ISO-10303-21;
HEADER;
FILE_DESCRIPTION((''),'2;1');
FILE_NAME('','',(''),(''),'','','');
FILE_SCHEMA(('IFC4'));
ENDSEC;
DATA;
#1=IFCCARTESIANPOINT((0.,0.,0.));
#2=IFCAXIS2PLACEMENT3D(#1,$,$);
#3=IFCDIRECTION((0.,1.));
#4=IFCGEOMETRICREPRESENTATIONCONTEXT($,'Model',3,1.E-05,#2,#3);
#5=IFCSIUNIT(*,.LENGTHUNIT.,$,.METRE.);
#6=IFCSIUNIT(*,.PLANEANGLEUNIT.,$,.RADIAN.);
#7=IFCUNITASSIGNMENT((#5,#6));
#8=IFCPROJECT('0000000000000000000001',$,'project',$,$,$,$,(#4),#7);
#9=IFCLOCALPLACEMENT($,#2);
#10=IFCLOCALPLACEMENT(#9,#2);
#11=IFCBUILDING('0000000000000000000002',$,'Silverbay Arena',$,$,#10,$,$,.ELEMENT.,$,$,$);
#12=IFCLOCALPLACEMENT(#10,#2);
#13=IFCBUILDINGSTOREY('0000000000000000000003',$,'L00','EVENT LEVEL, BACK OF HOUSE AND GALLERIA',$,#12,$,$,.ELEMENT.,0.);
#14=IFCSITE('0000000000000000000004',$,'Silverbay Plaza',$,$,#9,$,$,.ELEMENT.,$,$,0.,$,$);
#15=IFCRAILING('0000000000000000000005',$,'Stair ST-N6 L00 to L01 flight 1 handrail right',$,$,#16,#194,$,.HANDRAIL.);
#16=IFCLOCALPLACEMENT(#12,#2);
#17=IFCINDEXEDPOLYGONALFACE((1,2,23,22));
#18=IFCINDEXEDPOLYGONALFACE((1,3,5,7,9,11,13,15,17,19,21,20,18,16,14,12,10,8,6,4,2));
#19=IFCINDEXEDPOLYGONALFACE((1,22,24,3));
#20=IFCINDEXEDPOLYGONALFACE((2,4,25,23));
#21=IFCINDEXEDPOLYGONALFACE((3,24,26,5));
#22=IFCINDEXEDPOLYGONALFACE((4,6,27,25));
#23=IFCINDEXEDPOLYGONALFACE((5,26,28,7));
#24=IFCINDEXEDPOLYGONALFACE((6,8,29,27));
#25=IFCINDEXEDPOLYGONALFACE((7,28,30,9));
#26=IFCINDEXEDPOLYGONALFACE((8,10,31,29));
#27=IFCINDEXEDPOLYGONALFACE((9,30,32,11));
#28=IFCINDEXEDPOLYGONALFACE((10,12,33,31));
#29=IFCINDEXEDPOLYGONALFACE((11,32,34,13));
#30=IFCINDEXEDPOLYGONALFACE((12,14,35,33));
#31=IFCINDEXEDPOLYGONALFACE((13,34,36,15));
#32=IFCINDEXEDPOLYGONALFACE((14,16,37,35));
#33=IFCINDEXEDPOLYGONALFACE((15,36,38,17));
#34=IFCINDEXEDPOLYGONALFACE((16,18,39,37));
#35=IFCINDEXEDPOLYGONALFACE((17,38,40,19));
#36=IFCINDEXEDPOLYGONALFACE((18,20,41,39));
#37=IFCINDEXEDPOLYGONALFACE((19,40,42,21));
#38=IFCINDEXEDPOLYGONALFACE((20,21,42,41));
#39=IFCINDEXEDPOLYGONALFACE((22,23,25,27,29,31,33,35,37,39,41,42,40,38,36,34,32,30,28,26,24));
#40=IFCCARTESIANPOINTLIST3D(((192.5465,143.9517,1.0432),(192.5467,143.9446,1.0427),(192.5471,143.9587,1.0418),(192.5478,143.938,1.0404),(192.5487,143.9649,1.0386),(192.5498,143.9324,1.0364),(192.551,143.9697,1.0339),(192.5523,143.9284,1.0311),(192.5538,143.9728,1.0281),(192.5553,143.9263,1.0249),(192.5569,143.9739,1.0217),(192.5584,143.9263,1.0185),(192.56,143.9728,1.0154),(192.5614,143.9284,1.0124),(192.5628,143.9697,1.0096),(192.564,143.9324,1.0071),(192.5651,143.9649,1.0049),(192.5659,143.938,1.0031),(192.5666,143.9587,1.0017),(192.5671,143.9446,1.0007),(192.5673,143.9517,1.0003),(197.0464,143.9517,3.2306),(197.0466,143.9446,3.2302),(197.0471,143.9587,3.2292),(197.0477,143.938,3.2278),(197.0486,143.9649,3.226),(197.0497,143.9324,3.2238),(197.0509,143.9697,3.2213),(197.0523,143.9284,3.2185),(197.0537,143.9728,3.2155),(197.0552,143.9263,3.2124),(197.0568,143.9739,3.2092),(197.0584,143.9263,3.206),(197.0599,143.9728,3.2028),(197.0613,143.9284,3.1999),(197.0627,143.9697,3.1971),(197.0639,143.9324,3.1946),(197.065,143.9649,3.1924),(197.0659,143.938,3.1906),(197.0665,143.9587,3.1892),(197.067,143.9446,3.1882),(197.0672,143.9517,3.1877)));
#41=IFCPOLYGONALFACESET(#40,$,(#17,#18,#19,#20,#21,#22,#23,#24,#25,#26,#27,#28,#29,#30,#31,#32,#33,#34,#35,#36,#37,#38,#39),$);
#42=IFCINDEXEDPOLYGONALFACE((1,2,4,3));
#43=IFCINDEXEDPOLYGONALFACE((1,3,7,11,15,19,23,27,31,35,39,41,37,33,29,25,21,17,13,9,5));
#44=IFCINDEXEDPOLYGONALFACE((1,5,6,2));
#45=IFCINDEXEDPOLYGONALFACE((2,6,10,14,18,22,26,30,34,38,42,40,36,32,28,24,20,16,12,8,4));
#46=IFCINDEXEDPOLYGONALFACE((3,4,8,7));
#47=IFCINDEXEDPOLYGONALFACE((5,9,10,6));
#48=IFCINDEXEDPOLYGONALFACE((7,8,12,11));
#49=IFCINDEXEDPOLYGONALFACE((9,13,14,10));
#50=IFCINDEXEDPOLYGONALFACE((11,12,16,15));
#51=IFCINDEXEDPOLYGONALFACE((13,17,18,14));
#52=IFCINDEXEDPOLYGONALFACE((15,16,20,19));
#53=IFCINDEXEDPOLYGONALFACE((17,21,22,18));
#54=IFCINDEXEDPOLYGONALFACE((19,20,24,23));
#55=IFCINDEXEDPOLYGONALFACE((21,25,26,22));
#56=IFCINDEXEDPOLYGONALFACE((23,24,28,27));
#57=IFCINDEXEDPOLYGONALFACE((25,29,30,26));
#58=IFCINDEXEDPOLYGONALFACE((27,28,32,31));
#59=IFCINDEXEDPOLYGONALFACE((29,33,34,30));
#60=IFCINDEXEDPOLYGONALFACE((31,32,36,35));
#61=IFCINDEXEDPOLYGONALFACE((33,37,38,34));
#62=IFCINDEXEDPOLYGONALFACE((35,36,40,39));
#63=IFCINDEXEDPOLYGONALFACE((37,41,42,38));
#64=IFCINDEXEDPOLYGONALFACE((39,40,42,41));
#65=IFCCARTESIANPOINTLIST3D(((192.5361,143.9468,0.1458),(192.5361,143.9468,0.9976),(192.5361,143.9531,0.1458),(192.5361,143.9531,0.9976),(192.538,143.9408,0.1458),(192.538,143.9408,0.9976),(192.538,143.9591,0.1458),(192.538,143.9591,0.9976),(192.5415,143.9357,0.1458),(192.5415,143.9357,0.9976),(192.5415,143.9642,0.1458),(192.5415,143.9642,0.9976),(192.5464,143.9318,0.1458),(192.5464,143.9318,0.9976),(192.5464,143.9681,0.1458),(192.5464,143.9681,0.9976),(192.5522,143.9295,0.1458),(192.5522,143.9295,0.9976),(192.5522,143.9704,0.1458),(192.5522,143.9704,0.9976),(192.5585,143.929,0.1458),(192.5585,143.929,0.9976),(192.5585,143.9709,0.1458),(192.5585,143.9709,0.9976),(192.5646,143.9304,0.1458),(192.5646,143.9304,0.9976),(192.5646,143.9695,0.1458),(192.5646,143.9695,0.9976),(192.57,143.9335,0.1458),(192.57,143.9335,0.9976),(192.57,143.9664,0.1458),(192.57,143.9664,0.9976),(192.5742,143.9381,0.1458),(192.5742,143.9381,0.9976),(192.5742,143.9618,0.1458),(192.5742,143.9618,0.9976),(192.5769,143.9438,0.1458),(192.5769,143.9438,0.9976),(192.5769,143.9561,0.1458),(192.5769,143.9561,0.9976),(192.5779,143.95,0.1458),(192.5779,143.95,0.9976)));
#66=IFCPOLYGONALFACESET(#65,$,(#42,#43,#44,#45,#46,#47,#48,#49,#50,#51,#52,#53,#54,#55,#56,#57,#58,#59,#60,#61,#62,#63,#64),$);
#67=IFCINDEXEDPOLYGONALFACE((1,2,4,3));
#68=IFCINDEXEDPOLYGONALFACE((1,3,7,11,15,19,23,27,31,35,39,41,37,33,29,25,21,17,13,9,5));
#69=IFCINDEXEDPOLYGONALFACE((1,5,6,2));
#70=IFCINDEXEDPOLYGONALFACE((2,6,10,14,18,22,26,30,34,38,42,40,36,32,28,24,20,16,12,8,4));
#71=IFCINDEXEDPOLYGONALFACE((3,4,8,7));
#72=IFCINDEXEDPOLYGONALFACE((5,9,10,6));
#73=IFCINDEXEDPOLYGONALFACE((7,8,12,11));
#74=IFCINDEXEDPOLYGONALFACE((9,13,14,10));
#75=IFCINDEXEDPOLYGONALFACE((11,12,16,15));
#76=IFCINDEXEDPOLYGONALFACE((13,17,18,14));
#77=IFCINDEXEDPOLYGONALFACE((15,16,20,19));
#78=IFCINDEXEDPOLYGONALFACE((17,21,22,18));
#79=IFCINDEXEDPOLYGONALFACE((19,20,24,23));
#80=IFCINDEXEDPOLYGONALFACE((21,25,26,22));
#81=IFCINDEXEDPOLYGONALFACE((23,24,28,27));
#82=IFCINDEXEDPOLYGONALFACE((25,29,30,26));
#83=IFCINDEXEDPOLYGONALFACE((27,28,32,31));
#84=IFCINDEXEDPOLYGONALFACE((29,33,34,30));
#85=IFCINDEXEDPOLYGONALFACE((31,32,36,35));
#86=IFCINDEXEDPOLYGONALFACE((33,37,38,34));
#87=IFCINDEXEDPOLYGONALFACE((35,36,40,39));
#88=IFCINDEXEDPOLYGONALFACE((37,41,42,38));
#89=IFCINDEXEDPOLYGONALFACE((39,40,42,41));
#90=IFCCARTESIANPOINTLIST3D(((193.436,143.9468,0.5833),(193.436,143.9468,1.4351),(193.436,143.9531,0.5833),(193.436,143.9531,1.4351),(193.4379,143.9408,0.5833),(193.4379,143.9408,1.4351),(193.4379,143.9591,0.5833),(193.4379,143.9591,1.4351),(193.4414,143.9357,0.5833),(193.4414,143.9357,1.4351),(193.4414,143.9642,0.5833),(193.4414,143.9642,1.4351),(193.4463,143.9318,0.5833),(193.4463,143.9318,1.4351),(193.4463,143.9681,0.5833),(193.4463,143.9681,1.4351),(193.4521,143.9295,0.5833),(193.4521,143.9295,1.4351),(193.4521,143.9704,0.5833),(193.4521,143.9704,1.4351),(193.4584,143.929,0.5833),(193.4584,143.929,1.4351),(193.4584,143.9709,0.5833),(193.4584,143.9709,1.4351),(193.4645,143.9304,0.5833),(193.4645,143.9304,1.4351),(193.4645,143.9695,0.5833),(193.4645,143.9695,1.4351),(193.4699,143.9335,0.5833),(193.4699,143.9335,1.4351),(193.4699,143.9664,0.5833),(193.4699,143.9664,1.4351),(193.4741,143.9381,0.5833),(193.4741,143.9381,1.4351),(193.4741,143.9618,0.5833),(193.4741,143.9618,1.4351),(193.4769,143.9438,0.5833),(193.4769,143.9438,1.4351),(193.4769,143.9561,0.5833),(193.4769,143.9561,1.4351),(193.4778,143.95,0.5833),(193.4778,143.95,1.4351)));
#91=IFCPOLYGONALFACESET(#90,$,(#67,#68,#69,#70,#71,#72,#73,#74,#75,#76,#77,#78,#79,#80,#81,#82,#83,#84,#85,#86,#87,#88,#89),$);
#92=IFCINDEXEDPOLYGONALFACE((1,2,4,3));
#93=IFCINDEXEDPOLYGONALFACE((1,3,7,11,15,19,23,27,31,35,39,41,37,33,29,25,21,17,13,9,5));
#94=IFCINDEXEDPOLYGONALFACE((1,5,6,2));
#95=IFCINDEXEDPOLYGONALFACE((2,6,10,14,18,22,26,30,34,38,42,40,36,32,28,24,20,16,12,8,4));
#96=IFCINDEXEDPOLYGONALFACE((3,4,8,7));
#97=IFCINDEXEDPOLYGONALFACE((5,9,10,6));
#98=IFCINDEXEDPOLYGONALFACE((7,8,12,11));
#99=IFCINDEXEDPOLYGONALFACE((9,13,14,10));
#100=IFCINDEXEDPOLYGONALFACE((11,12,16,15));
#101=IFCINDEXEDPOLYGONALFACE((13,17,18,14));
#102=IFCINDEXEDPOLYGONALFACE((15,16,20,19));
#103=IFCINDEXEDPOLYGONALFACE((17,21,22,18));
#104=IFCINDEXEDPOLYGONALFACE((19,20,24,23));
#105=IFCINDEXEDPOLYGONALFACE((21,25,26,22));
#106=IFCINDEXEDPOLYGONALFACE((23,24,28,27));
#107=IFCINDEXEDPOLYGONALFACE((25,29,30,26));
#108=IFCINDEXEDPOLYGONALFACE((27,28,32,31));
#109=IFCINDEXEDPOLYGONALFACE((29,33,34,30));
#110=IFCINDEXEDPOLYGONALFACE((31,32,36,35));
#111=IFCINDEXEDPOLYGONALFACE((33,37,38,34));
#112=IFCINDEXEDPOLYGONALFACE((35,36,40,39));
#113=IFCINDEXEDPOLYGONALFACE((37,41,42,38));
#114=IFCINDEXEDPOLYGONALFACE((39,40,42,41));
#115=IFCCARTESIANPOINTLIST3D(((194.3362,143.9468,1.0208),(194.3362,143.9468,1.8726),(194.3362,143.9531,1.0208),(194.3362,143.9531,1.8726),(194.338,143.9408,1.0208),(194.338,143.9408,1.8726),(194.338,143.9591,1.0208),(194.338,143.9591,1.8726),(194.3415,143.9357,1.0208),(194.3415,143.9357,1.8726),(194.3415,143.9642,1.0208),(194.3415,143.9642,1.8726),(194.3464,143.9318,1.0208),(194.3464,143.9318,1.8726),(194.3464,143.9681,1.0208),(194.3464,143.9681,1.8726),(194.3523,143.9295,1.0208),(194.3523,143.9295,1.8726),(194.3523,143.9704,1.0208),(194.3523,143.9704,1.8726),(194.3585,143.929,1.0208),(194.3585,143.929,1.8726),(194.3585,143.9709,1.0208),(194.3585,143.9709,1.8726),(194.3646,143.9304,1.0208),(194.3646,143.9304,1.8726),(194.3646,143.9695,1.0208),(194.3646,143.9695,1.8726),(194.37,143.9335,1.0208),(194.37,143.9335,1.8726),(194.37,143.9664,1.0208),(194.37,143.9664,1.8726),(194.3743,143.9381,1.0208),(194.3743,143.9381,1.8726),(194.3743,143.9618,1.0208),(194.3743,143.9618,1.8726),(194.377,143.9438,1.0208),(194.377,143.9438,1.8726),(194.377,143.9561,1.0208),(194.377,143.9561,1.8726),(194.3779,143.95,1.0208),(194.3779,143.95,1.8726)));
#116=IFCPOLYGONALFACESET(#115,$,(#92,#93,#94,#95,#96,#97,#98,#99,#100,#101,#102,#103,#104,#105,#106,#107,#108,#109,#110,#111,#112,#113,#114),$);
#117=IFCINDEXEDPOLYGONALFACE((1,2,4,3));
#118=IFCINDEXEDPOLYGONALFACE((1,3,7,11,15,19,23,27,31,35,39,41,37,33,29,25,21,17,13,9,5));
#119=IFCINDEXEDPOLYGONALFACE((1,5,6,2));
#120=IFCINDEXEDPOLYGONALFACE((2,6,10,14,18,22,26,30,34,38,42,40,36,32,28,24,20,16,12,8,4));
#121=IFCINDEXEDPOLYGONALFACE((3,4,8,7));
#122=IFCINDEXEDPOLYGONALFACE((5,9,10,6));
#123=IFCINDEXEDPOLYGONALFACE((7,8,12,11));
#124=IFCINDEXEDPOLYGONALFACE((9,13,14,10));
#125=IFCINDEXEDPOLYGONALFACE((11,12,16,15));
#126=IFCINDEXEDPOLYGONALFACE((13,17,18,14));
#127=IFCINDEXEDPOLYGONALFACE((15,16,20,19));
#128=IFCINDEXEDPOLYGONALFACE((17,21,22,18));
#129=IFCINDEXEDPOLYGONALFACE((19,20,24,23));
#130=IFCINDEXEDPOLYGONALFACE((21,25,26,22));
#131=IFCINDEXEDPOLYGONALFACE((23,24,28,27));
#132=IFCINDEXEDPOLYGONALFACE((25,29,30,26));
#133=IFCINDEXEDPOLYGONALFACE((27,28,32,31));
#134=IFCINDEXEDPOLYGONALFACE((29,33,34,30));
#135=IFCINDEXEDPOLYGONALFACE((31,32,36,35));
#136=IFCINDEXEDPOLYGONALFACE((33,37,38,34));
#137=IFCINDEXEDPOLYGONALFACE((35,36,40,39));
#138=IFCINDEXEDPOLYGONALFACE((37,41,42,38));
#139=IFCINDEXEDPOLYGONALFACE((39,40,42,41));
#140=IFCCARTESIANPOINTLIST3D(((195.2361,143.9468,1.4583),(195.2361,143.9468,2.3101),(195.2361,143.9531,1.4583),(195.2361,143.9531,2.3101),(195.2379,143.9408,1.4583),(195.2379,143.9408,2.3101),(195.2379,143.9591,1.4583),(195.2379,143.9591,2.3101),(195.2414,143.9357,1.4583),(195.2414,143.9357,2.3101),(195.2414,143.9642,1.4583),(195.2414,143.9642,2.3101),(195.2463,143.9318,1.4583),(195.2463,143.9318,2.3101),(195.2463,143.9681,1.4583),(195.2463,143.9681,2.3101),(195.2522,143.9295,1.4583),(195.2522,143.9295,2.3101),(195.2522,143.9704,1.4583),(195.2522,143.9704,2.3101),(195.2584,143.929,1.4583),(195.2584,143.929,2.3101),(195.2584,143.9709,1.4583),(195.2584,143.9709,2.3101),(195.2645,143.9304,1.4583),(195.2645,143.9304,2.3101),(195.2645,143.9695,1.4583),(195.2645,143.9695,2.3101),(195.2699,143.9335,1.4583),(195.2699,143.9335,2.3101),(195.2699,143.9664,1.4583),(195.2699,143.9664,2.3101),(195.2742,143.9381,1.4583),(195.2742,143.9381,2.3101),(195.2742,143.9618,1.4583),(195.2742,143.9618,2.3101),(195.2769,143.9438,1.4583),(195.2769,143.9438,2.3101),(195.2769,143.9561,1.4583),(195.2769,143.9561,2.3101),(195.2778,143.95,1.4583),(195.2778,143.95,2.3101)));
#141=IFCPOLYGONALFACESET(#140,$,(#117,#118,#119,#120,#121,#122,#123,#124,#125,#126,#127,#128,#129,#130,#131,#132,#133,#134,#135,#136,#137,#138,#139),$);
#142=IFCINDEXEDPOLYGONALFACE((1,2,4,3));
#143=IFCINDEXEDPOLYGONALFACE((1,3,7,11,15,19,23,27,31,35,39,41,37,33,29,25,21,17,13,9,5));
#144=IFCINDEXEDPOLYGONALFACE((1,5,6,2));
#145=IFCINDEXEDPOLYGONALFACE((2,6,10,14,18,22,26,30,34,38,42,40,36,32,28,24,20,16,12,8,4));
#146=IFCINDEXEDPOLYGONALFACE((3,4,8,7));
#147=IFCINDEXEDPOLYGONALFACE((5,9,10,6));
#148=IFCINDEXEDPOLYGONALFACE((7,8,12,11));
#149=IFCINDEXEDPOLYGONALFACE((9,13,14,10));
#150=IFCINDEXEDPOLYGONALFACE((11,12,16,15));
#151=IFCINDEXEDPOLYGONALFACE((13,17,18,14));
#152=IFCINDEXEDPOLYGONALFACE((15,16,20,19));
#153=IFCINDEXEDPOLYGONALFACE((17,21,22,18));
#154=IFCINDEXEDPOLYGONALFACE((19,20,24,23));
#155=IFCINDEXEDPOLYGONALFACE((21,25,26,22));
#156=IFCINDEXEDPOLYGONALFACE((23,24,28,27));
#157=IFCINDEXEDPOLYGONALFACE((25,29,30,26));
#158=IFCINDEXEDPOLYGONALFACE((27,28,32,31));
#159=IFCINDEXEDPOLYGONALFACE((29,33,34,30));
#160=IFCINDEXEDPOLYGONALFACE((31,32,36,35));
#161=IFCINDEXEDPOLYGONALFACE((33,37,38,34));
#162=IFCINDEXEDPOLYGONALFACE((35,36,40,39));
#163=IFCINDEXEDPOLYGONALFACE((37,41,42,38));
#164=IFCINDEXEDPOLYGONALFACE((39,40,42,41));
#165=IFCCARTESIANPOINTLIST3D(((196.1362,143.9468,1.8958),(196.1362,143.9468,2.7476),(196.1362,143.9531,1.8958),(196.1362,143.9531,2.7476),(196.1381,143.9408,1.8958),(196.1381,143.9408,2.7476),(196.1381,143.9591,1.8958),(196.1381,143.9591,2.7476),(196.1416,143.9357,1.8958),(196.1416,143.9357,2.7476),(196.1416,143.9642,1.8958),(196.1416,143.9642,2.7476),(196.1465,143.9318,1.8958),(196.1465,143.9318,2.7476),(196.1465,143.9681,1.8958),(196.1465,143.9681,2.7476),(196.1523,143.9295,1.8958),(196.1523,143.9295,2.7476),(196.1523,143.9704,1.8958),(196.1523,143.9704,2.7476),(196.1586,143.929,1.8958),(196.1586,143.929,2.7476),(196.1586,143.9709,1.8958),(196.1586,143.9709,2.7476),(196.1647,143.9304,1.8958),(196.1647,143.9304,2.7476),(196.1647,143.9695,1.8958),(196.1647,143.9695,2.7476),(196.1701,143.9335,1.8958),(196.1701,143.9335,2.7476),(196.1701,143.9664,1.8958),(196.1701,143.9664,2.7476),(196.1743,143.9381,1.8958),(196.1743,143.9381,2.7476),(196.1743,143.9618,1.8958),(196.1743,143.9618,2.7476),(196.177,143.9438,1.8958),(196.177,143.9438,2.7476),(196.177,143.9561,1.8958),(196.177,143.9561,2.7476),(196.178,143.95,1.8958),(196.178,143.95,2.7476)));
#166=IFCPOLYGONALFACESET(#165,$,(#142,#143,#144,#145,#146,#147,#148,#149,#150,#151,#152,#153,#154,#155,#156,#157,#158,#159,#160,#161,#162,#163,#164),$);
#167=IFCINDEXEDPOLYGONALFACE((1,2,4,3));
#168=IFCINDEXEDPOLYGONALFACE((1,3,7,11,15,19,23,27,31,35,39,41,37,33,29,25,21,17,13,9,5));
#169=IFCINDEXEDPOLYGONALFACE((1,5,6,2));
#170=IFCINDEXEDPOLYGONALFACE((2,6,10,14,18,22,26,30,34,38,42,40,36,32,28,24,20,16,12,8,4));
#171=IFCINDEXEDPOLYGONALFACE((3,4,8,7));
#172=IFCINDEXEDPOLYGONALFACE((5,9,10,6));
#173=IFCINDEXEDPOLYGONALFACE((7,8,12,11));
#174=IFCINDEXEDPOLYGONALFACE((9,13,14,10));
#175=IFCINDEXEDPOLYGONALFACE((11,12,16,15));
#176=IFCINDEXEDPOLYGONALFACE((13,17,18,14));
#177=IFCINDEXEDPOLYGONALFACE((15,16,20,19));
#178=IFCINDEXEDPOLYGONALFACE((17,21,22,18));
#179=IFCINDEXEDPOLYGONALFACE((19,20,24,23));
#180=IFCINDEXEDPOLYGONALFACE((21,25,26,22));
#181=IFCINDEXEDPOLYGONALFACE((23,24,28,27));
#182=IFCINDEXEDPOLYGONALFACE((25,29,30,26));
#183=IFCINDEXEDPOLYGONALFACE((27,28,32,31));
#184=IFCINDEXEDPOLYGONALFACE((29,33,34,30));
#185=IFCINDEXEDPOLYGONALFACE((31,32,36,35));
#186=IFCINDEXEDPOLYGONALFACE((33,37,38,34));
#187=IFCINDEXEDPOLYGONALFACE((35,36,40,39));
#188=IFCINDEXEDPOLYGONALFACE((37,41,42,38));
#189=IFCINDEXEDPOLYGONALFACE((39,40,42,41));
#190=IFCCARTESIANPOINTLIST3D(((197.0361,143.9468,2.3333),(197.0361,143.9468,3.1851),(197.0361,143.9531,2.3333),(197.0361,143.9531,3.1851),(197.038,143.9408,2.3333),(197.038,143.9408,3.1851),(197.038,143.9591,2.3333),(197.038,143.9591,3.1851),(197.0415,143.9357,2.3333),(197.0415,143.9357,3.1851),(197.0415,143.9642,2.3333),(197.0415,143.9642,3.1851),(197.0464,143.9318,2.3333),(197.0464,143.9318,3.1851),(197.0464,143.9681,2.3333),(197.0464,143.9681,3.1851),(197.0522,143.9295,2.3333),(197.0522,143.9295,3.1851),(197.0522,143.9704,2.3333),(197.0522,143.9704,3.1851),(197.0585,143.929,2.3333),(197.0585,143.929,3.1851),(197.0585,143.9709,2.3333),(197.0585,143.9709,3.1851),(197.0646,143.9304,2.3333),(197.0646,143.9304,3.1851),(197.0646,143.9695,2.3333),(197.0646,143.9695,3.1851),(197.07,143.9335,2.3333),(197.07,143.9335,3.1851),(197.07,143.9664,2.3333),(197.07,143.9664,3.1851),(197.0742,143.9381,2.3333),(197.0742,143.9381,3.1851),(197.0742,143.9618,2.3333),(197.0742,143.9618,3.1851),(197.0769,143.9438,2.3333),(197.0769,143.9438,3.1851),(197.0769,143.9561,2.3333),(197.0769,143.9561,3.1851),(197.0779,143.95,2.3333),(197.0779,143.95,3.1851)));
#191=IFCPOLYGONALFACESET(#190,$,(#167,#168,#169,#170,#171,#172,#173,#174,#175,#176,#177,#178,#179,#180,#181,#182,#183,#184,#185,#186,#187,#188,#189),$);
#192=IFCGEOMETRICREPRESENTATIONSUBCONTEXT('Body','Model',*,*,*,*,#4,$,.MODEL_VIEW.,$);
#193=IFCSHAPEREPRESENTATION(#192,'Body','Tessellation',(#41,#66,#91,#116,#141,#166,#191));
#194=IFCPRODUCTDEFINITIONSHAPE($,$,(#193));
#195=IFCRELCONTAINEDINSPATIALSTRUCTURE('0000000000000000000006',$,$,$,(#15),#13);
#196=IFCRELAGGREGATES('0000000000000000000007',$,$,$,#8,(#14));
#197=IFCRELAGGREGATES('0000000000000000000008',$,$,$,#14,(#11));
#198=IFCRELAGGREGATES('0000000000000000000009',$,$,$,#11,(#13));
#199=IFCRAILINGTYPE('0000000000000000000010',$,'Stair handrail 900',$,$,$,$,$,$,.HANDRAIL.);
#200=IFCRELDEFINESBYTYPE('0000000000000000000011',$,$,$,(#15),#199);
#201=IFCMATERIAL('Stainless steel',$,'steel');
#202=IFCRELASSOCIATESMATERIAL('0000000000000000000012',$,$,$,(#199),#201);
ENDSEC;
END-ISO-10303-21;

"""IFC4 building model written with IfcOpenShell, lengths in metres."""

from ifc_helpers import new_model, si_unit, direction, frame, origin, origin_2d, place, context, subcontext, project, spatial, circle, extrude, material, type_object, element, save


model = new_model("IFC4")

# Units and contexts
model_context = context("Model", 3, precision=1e-05, world=origin(), true_north=direction((0.0, 1.0)))
body_context = subcontext(model_context, "Body", "Model", "MODEL_VIEW")
ifc_project = project(units=[si_unit("LENGTHUNIT", "METRE"), si_unit("PLANEANGLEUNIT", "RADIAN")], contexts=[model_context])

# Site, building, storey
site_placement = place(None, origin())
site = spatial("IfcSite", under=ifc_project, at=site_placement, Name="Silverbay Plaza", CompositionType="ELEMENT", RefElevation=0.0)
building_placement = place(site_placement, origin())
building = spatial("IfcBuilding", under=site, at=building_placement, Name="Silverbay Arena", CompositionType="ELEMENT")
storey_placement = place(building_placement, origin())
storey = spatial("IfcBuildingStorey", under=building, at=storey_placement, Name="L00", Description="EVENT LEVEL, BACK OF HOUSE AND GALLERIA", CompositionType="ELEMENT", Elevation=0.0)

# Railing
ifc_material_1 = material(Name="Stainless steel", Category="steel")
railing_type_1 = type_object("IfcRailingType", Name="Stair handrail 900", PredefinedType="HANDRAIL", material=ifc_material_1)
for number, where, name in (
    (1, (192.5569, 143.95, 0.1458), "Stair ST-N6 L00 to L01 flight 1 handrail right"),
):
    element("IfcRailing", number, at=place(storey_placement, frame(where)), inside=storey, type_object=railing_type_1, Name=name, PredefinedType="HANDRAIL", context=body_context, shape_type="SweptSolid", body=[
        extrude(circle(Radius=0.0239, at=origin_2d()), frame((0.0, 0.0, 0.876), z_axis=(0.899368, 0.0, 0.437193), x_axis=(0.0, 1.0, 0.0)), (0.0, 0.0, 1.0), 5.0034),
        extrude(circle(Radius=0.021, at=origin_2d()), origin(), (0.0, 0.0, 1.0), 0.8518),
        extrude(circle(Radius=0.021, at=origin_2d()), frame((0.8999, 0.0, 0.4375)), (0.0, 0.0, 1.0), 0.8518),
        extrude(circle(Radius=0.021, at=origin_2d()), frame((1.8, 0.0, 0.875)), (0.0, 0.0, 1.0), 0.8518),
        extrude(circle(Radius=0.021, at=origin_2d()), frame((2.7, 0.0, 1.3125)), (0.0, 0.0, 1.0), 0.8518),
        extrude(circle(Radius=0.021, at=origin_2d()), frame((3.6001, 0.0, 1.75)), (0.0, 0.0, 1.0), 0.8518),
        extrude(circle(Radius=0.021, at=origin_2d()), frame((4.5, 0.0, 2.1875)), (0.0, 0.0, 1.0), 0.8518),
    ])

save(model, "model.ifc")
